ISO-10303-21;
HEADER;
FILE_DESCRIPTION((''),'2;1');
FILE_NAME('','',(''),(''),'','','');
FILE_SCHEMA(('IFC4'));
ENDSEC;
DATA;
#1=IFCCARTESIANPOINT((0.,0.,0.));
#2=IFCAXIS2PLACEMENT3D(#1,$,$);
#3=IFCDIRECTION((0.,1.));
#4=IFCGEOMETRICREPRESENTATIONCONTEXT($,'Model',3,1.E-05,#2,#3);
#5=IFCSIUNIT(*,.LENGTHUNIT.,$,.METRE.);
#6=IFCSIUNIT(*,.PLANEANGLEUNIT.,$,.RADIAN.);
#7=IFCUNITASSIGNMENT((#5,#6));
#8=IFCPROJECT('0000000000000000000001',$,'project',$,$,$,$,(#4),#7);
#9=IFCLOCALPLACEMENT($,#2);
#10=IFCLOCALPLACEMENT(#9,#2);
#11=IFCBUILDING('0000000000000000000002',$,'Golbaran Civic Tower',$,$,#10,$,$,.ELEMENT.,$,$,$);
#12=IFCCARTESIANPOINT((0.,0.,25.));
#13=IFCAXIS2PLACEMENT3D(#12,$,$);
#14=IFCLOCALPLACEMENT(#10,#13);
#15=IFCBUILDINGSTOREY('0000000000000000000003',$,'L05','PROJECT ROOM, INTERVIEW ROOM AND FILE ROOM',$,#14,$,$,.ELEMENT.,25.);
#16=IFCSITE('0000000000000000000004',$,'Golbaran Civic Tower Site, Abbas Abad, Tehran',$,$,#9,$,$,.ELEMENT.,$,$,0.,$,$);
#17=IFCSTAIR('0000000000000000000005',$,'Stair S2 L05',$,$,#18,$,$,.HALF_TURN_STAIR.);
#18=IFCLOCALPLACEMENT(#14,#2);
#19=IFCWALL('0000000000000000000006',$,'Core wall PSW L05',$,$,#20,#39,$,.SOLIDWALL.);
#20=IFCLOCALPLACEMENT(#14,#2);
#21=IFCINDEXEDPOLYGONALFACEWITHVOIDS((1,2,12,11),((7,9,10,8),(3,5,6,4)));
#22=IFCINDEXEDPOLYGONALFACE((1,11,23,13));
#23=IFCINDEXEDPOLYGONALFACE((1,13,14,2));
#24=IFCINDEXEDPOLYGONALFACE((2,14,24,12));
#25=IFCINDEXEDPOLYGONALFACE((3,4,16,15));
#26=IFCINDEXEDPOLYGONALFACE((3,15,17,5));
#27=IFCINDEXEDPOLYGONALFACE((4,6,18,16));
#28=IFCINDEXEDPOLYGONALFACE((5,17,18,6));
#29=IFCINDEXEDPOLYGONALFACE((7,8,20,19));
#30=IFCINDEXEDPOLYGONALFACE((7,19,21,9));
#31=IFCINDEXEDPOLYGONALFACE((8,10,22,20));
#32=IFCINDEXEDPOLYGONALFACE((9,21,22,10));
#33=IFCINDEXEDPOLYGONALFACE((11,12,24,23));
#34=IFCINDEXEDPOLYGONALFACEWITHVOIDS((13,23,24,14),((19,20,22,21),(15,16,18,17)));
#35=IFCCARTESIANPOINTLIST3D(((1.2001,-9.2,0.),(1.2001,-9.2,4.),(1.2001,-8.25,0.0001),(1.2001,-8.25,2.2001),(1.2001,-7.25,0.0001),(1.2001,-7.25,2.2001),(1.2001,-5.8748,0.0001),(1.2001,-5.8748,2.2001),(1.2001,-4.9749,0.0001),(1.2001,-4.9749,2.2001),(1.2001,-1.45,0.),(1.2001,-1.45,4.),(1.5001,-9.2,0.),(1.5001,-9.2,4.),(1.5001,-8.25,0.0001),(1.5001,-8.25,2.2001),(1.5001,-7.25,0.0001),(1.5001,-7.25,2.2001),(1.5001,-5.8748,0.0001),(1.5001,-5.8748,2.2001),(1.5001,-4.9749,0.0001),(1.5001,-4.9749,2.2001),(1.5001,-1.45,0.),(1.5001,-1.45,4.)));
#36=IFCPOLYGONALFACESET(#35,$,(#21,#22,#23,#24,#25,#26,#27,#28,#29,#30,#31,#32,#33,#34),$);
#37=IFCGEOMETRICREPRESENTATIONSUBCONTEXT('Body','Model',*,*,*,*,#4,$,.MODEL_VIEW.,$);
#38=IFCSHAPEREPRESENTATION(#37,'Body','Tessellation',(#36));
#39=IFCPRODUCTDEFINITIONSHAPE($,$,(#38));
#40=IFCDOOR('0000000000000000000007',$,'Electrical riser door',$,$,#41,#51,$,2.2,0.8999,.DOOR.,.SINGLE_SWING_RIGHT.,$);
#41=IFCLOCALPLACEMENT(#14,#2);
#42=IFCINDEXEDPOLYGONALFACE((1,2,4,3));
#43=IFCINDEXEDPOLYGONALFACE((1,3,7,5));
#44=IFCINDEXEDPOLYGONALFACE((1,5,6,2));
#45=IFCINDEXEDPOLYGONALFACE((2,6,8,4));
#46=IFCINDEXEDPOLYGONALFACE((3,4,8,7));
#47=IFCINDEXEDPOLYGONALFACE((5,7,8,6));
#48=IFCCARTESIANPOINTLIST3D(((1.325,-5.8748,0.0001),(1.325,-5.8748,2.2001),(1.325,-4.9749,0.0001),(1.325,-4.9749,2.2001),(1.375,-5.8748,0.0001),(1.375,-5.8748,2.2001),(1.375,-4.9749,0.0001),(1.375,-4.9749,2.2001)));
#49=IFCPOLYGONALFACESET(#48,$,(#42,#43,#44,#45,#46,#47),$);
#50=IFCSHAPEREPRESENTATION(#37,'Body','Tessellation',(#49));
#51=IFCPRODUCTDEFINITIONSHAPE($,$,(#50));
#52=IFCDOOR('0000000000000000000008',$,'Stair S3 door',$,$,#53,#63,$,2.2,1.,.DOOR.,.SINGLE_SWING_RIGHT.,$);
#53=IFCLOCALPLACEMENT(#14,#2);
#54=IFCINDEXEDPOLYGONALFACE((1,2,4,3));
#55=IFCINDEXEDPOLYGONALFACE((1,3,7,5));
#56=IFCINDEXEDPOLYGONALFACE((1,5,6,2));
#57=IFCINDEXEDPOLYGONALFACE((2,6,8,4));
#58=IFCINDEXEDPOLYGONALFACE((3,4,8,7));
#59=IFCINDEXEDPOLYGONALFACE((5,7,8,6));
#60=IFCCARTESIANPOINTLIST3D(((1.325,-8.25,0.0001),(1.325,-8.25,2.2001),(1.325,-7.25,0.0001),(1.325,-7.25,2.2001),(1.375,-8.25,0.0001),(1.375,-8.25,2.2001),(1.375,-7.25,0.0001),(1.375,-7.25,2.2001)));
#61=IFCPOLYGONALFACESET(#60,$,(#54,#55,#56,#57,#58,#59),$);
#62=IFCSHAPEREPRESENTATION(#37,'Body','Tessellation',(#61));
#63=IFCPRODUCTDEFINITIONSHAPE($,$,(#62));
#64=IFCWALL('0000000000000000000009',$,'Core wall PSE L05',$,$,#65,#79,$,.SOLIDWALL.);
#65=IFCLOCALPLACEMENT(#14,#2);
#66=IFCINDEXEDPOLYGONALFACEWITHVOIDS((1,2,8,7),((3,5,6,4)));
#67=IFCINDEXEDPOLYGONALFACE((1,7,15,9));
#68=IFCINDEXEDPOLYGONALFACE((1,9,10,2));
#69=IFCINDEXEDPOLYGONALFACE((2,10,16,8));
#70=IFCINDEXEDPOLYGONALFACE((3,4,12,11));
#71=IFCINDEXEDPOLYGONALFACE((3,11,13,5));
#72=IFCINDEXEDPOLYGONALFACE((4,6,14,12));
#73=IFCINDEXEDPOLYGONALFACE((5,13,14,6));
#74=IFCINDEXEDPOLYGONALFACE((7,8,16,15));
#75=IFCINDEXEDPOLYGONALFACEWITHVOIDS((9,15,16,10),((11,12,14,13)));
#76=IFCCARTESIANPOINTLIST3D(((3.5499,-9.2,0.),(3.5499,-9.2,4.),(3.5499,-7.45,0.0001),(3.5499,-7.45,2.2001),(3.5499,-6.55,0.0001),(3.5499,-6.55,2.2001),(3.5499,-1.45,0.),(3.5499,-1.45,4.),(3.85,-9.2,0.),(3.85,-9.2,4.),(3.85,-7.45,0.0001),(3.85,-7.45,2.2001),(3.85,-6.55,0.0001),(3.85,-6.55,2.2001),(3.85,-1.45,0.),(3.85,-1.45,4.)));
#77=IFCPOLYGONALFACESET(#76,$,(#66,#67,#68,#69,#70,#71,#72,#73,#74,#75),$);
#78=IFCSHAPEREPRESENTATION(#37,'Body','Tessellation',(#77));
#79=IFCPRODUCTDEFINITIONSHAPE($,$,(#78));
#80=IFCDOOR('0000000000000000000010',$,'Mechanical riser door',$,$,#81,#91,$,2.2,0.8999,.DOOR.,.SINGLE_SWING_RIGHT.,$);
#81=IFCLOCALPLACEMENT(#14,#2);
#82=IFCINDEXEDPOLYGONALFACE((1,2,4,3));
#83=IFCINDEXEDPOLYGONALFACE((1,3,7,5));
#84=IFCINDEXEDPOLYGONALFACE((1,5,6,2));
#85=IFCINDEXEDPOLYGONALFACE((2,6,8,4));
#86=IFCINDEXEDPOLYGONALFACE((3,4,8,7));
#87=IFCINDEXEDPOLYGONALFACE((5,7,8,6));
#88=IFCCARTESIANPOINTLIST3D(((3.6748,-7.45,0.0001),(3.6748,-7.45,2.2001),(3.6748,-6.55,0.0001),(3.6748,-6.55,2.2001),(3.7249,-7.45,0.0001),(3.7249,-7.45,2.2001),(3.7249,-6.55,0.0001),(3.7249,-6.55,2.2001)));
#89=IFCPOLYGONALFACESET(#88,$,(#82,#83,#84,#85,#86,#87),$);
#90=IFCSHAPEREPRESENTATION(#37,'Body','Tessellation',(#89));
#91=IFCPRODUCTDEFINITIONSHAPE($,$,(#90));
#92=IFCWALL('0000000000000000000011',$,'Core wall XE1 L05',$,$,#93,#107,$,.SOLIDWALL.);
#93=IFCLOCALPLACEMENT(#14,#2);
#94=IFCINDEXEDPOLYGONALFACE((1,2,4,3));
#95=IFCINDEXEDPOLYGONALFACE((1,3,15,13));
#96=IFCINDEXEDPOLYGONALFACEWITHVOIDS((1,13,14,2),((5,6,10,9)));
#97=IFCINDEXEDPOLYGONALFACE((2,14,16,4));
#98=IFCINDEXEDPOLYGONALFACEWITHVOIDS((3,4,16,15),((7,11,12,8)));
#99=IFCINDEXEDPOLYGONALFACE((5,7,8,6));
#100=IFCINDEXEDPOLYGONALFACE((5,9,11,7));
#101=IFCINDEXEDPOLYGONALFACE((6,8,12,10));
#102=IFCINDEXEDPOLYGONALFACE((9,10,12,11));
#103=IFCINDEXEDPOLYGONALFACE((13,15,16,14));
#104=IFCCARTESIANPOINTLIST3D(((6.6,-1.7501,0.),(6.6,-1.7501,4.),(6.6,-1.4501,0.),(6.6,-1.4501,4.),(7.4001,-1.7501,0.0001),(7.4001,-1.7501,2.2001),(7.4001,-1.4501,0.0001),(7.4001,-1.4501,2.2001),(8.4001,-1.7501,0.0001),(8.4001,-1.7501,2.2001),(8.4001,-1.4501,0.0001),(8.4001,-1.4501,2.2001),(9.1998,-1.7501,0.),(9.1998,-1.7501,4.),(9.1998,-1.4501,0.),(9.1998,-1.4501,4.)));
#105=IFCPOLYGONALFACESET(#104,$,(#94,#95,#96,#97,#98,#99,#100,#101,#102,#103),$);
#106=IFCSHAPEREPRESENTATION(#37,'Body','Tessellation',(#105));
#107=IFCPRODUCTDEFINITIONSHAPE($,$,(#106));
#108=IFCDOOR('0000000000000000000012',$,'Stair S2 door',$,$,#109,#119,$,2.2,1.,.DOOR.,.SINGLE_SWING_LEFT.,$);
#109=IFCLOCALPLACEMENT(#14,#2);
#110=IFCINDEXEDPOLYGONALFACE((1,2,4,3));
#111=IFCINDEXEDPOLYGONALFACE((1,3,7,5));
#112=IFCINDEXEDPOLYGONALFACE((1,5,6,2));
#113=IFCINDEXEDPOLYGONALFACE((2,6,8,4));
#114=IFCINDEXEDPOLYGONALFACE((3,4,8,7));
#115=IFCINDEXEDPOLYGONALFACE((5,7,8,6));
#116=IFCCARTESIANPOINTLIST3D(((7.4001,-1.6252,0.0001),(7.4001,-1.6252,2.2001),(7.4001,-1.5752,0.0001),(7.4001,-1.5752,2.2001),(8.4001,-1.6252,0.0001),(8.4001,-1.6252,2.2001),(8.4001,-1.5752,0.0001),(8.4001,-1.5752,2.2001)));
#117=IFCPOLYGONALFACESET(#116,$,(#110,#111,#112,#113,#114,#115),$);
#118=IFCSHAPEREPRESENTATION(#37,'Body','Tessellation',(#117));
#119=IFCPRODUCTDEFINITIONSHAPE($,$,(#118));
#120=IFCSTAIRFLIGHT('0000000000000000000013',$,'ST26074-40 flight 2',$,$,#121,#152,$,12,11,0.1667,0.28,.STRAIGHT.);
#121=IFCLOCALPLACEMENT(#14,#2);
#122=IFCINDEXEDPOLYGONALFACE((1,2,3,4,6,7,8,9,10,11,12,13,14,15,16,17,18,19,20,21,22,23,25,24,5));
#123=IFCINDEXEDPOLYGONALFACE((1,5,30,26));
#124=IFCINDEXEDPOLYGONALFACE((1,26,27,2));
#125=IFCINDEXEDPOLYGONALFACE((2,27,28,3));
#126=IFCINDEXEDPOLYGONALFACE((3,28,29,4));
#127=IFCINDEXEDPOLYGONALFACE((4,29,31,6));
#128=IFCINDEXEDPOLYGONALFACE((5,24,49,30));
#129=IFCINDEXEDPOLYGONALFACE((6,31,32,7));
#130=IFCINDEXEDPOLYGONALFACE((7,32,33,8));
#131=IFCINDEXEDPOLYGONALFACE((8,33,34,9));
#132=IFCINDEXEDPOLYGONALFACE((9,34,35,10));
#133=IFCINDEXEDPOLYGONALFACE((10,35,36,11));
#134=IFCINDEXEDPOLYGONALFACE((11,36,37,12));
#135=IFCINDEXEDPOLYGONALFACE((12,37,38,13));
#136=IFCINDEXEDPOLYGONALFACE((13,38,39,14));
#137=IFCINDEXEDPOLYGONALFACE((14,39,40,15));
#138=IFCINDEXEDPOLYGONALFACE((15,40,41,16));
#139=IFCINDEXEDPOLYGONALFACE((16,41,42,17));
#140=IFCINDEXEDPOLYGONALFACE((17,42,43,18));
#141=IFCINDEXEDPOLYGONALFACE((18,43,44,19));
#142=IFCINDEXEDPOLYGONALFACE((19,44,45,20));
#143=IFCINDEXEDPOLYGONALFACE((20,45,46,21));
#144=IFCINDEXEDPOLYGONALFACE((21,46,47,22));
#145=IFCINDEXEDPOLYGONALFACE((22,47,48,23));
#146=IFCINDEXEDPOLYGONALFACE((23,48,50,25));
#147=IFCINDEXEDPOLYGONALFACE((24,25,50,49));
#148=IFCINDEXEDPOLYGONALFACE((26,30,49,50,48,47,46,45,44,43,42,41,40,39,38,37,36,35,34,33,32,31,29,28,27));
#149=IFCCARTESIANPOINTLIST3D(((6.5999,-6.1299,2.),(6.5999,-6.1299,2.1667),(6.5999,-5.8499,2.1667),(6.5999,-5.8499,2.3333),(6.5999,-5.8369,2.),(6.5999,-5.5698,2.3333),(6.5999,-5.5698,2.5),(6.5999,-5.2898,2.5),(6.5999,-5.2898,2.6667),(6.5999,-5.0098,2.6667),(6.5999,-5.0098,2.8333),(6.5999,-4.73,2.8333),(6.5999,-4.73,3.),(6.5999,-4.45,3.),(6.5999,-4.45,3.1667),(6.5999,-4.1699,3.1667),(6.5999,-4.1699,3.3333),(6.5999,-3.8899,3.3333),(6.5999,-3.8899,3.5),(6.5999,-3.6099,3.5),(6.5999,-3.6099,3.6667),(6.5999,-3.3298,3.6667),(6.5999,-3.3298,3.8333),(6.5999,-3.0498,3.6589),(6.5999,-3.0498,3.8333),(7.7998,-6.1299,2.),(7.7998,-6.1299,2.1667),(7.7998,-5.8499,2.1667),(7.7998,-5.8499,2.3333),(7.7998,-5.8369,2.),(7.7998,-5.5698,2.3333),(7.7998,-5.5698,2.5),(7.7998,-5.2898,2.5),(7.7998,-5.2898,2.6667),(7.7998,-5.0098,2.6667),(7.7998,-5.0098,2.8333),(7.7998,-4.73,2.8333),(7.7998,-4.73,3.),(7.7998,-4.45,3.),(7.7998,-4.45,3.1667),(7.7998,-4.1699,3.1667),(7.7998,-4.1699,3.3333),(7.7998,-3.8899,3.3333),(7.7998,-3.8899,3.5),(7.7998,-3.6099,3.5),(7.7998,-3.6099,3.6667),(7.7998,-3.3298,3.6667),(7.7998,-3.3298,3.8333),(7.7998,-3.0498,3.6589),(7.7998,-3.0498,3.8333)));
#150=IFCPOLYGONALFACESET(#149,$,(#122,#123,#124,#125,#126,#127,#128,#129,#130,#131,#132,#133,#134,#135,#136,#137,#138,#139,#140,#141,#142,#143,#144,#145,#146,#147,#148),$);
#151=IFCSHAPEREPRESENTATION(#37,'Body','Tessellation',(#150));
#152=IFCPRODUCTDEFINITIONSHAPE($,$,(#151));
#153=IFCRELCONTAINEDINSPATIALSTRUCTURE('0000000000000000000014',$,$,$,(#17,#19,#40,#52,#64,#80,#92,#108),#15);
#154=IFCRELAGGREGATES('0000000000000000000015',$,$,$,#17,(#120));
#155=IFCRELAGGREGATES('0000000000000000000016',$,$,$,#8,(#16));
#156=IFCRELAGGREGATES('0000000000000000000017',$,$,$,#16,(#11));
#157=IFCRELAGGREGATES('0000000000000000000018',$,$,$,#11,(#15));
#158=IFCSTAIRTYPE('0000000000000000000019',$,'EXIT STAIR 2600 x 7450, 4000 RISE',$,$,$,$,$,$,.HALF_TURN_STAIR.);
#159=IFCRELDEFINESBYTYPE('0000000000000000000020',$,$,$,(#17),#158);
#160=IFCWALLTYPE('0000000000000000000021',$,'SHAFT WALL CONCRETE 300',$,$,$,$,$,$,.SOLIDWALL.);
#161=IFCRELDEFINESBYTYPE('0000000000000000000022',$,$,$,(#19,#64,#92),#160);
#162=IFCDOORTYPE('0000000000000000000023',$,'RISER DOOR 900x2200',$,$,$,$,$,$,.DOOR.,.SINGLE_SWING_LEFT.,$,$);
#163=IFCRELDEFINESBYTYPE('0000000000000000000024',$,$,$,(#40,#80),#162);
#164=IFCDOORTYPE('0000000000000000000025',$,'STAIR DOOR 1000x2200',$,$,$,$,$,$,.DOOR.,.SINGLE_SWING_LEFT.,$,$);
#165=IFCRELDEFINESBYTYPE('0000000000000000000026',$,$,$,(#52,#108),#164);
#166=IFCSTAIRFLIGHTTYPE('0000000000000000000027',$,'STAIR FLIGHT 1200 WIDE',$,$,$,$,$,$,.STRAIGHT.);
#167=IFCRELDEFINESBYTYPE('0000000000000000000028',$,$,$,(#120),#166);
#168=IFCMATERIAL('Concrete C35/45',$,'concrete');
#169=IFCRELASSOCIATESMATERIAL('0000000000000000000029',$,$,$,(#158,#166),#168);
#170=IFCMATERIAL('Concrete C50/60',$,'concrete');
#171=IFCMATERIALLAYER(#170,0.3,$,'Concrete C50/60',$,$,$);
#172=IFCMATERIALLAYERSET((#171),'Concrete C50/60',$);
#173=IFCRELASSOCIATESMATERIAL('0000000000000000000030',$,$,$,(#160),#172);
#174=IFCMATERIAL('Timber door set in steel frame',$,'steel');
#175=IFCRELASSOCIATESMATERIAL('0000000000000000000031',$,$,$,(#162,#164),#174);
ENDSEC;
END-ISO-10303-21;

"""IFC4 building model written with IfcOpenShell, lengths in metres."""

from ifc_helpers import new_model, si_unit, direction, frame, frame_2d, origin, place, context, subcontext, project, spatial, polyline, rectangle, outline, extrude, material, layer, layer_set, type_object, element, fill, aggregate, save


model = new_model("IFC4")

# Units and contexts
model_context = context("Model", 3, precision=1e-05, world=origin(), true_north=direction((0.0, 1.0)))
body_context = subcontext(model_context, "Body", "Model", "MODEL_VIEW")
ifc_project = project(units=[si_unit("LENGTHUNIT", "METRE"), si_unit("PLANEANGLEUNIT", "RADIAN")], contexts=[model_context])

# Site, building, storey
site_placement = place(None, origin())
site = spatial("IfcSite", under=ifc_project, at=site_placement, Name="Golbaran Civic Tower Site, Abbas Abad, Tehran", CompositionType="ELEMENT", RefElevation=0.0)
building_placement = place(site_placement, origin())
building = spatial("IfcBuilding", under=site, at=building_placement, Name="Golbaran Civic Tower", CompositionType="ELEMENT")
storey_placement = place(building_placement, frame((0.0, 0.0, 25.0)))
storey = spatial("IfcBuildingStorey", under=building, at=storey_placement, Name="L05", Description="PROJECT ROOM, INTERVIEW ROOM AND FILE ROOM", CompositionType="ELEMENT", Elevation=25.0)

# Stair
ifc_material_1 = material(Name="Concrete C35/45", Category="concrete")
stair_type_1 = type_object("IfcStairType", Name="EXIT STAIR 2600 x 7450, 4000 RISE", PredefinedType="HALF_TURN_STAIR", material=ifc_material_1)
stair_1_placement = place(storey_placement, origin())
stair_1 = element("IfcStair", 1, at=stair_1_placement, inside=storey, type_object=stair_type_1, Name="Stair S2 L05", PredefinedType="HALF_TURN_STAIR")

# Shared definitions
ifc_material_2 = material(Name="Concrete C50/60", Category="concrete")
ifc_layer_1 = layer(ifc_material_2, 0.3, Name="Concrete C50/60")
ifc_layer_set_1 = layer_set([ifc_layer_1], Name="Concrete C50/60")
wall_type = type_object("IfcWallType", Name="SHAFT WALL CONCRETE 300", PredefinedType="SOLIDWALL", material=ifc_layer_set_1)

# Wall, openings, doors
wall_1_placement = place(storey_placement, frame((1.3501, -1.45, 0.0), z_axis=(0.0, 0.0, 1.0), x_axis=(0.0, -1.0, 0.0)))
wall_1 = element("IfcWall", 2, at=wall_1_placement, inside=storey, type_object=wall_type, Name="Core wall PSW L05", PredefinedType="SOLIDWALL", context=body_context, shape_type="SweptSolid", body=[
    extrude(rectangle(XDim=7.75, YDim=0.3, at=frame_2d((3.875, 0.0))), origin(), (0.0, 0.0, 1.0), 4.0),
])
opening_1_placement = place(wall_1_placement, frame((5.8, 0.0, 0.0)))
opening_1 = element("IfcOpeningElement", 3, at=opening_1_placement, cuts=wall_1, PredefinedType="OPENING", context=body_context, shape_type="SweptSolid", body=[
    extrude(rectangle(XDim=1.0, YDim=2.2, at=frame_2d((0.5, 1.1001))), frame((0.0, 0.1599, 0.0), z_axis=(0.0, -1.0, 0.0), x_axis=(1.0, 0.0, 0.0)), (0.0, 0.0, 1.0), 0.3201),
])
opening_2_placement = place(wall_1_placement, frame((3.5249, 0.0, 0.0)))
opening_2 = element("IfcOpeningElement", 4, at=opening_2_placement, cuts=wall_1, PredefinedType="OPENING", context=body_context, shape_type="SweptSolid", body=[
    extrude(rectangle(XDim=0.8999, YDim=2.2, at=frame_2d((0.45, 1.1001))), frame((0.0, 0.1599, 0.0), z_axis=(0.0, -1.0, 0.0), x_axis=(1.0, 0.0, 0.0)), (0.0, 0.0, 1.0), 0.3201),
])
ifc_material_3 = material(Name="Timber door set in steel frame", Category="steel")
door_type_1 = type_object("IfcDoorType", Name="RISER DOOR 900x2200", OperationType="SINGLE_SWING_LEFT", PredefinedType="DOOR", material=ifc_material_3)
door_1_placement = place(opening_2_placement, origin())
door_1 = element("IfcDoor", 5, at=door_1_placement, inside=storey, type_object=door_type_1, Name="Electrical riser door", OperationType="SINGLE_SWING_RIGHT", OverallHeight=2.2, OverallWidth=0.8999, PredefinedType="DOOR", context=body_context, shape_type="SweptSolid", body=[
    extrude(rectangle(XDim=0.8999, YDim=2.2, at=frame_2d((0.45, 1.1001))), frame((0.0, 0.0249, 0.0), z_axis=(0.0, -1.0, 0.0), x_axis=(1.0, 0.0, 0.0)), (0.0, 0.0, 1.0), 0.05),
])
fill(opening_2, door_1)
door_type_2 = type_object("IfcDoorType", Name="STAIR DOOR 1000x2200", OperationType="SINGLE_SWING_LEFT", PredefinedType="DOOR", material=ifc_material_3)
door_2_placement = place(opening_1_placement, origin())
door_2 = element("IfcDoor", 6, at=door_2_placement, inside=storey, type_object=door_type_2, Name="Stair S3 door", OperationType="SINGLE_SWING_RIGHT", OverallHeight=2.2, OverallWidth=1.0, PredefinedType="DOOR", context=body_context, shape_type="SweptSolid", body=[
    extrude(rectangle(XDim=1.0, YDim=2.2, at=frame_2d((0.5, 1.1001))), frame((0.0, 0.0249, 0.0), z_axis=(0.0, -1.0, 0.0), x_axis=(1.0, 0.0, 0.0)), (0.0, 0.0, 1.0), 0.05),
])
fill(opening_1, door_2)

# Walls, openings, doors
wall_2_placement = place(storey_placement, frame((3.7, -1.45, 0.0), z_axis=(0.0, 0.0, 1.0), x_axis=(0.0, -1.0, 0.0)))
wall_2 = element("IfcWall", 7, at=wall_2_placement, inside=storey, type_object=wall_type, Name="Core wall PSE L05", PredefinedType="SOLIDWALL", context=body_context, shape_type="SweptSolid", body=[
    extrude(rectangle(XDim=7.75, YDim=0.3, at=frame_2d((3.875, 0.0))), origin(), (0.0, 0.0, 1.0), 4.0),
])
opening_3_placement = place(wall_2_placement, frame((5.1001, 0.0, 0.0)))
opening_3 = element("IfcOpeningElement", 8, at=opening_3_placement, cuts=wall_2, PredefinedType="OPENING", context=body_context, shape_type="SweptSolid", body=[
    extrude(rectangle(XDim=0.8999, YDim=2.2, at=frame_2d((0.45, 1.1001))), frame((0.0, 0.1599, 0.0), z_axis=(0.0, -1.0, 0.0), x_axis=(1.0, 0.0, 0.0)), (0.0, 0.0, 1.0), 0.3201),
])
door_3_placement = place(opening_3_placement, origin())
door_3 = element("IfcDoor", 9, at=door_3_placement, inside=storey, type_object=door_type_1, Name="Mechanical riser door", OperationType="SINGLE_SWING_RIGHT", OverallHeight=2.2, OverallWidth=0.8999, PredefinedType="DOOR", context=body_context, shape_type="SweptSolid", body=[
    extrude(rectangle(XDim=0.8999, YDim=2.2, at=frame_2d((0.45, 1.1001))), frame((0.0, 0.0249, 0.0), z_axis=(0.0, -1.0, 0.0), x_axis=(1.0, 0.0, 0.0)), (0.0, 0.0, 1.0), 0.05),
])
fill(opening_3, door_3)
wall_3_placement = place(storey_placement, frame((6.6001, -1.6001, 0.0), z_axis=(0.0, 0.0, 1.0), x_axis=(1.0, 0.0, 0.0)))
wall_3 = element("IfcWall", 10, at=wall_3_placement, inside=storey, type_object=wall_type, Name="Core wall XE1 L05", PredefinedType="SOLIDWALL", context=body_context, shape_type="SweptSolid", body=[
    extrude(rectangle(XDim=2.5999, YDim=0.3, at=frame_2d((1.2998, 0.0))), origin(), (0.0, 0.0, 1.0), 4.0),
])
opening_4_placement = place(wall_3_placement, frame((0.8, 0.0, 0.0)))
opening_4 = element("IfcOpeningElement", 11, at=opening_4_placement, cuts=wall_3, PredefinedType="OPENING", context=body_context, shape_type="SweptSolid", body=[
    extrude(rectangle(XDim=1.0, YDim=2.2, at=frame_2d((0.5, 1.1001))), frame((0.0, 0.1599, 0.0), z_axis=(0.0, -1.0, 0.0), x_axis=(1.0, 0.0, 0.0)), (0.0, 0.0, 1.0), 0.3201),
])
door_4_placement = place(opening_4_placement, origin())
door_4 = element("IfcDoor", 12, at=door_4_placement, inside=storey, type_object=door_type_2, Name="Stair S2 door", OperationType="SINGLE_SWING_LEFT", OverallHeight=2.2, OverallWidth=1.0, PredefinedType="DOOR", context=body_context, shape_type="SweptSolid", body=[
    extrude(rectangle(XDim=1.0, YDim=2.2, at=frame_2d((0.5, 1.1001))), frame((0.0, 0.0249, 0.0), z_axis=(0.0, -1.0, 0.0), x_axis=(1.0, 0.0, 0.0)), (0.0, 0.0, 1.0), 0.05),
])
fill(opening_4, door_4)

# Stair flight
stair_flight_type = type_object("IfcStairFlightType", Name="STAIR FLIGHT 1200 WIDE", PredefinedType="STRAIGHT", material=ifc_material_1)
stair_flight_placement = place(storey_placement, frame((7.2, -6.1299, 2.0), z_axis=(0.0, 0.0, 1.0), x_axis=(0.0, 1.0, 0.0)))
stair_flight = element("IfcStairFlight", 13, at=stair_flight_placement, type_object=stair_flight_type, Name="ST26074-40 flight 2", NumberOfRisers=12, NumberOfTreads=11, PredefinedType="STRAIGHT", RiserHeight=0.1667, TreadLength=0.28, context=body_context, shape_type="SweptSolid", body=[
    extrude(outline(polyline([(0.0, 0.0), (0.0, 0.1667), (0.28, 0.1667), (0.28, 0.3333), (0.5601, 0.3333), (0.5601, 0.5), (0.8401, 0.5), (0.8401, 0.6667), (1.1201, 0.6667), (1.1201, 0.8333), (1.3999, 0.8333), (1.3999, 1.0), (1.6799, 1.0), (1.6799, 1.1667), (1.96, 1.1667), (1.96, 1.3333), (2.24, 1.3333), (2.24, 1.5), (2.52, 1.5), (2.52, 1.6667), (2.8, 1.6667), (2.8, 1.8333), (3.0801, 1.8333), (3.0801, 2.0), (3.0801, 1.6589), (0.293, 0.0), (0.0, 0.0)])), frame((0.0, 0.6001, 0.0), z_axis=(0.0, -1.0, 0.0), x_axis=(1.0, 0.0, 0.0)), (0.0, 0.0, 1.0), 1.2),
])
aggregate(stair_1, [stair_flight])

save(model, "model.ifc")
